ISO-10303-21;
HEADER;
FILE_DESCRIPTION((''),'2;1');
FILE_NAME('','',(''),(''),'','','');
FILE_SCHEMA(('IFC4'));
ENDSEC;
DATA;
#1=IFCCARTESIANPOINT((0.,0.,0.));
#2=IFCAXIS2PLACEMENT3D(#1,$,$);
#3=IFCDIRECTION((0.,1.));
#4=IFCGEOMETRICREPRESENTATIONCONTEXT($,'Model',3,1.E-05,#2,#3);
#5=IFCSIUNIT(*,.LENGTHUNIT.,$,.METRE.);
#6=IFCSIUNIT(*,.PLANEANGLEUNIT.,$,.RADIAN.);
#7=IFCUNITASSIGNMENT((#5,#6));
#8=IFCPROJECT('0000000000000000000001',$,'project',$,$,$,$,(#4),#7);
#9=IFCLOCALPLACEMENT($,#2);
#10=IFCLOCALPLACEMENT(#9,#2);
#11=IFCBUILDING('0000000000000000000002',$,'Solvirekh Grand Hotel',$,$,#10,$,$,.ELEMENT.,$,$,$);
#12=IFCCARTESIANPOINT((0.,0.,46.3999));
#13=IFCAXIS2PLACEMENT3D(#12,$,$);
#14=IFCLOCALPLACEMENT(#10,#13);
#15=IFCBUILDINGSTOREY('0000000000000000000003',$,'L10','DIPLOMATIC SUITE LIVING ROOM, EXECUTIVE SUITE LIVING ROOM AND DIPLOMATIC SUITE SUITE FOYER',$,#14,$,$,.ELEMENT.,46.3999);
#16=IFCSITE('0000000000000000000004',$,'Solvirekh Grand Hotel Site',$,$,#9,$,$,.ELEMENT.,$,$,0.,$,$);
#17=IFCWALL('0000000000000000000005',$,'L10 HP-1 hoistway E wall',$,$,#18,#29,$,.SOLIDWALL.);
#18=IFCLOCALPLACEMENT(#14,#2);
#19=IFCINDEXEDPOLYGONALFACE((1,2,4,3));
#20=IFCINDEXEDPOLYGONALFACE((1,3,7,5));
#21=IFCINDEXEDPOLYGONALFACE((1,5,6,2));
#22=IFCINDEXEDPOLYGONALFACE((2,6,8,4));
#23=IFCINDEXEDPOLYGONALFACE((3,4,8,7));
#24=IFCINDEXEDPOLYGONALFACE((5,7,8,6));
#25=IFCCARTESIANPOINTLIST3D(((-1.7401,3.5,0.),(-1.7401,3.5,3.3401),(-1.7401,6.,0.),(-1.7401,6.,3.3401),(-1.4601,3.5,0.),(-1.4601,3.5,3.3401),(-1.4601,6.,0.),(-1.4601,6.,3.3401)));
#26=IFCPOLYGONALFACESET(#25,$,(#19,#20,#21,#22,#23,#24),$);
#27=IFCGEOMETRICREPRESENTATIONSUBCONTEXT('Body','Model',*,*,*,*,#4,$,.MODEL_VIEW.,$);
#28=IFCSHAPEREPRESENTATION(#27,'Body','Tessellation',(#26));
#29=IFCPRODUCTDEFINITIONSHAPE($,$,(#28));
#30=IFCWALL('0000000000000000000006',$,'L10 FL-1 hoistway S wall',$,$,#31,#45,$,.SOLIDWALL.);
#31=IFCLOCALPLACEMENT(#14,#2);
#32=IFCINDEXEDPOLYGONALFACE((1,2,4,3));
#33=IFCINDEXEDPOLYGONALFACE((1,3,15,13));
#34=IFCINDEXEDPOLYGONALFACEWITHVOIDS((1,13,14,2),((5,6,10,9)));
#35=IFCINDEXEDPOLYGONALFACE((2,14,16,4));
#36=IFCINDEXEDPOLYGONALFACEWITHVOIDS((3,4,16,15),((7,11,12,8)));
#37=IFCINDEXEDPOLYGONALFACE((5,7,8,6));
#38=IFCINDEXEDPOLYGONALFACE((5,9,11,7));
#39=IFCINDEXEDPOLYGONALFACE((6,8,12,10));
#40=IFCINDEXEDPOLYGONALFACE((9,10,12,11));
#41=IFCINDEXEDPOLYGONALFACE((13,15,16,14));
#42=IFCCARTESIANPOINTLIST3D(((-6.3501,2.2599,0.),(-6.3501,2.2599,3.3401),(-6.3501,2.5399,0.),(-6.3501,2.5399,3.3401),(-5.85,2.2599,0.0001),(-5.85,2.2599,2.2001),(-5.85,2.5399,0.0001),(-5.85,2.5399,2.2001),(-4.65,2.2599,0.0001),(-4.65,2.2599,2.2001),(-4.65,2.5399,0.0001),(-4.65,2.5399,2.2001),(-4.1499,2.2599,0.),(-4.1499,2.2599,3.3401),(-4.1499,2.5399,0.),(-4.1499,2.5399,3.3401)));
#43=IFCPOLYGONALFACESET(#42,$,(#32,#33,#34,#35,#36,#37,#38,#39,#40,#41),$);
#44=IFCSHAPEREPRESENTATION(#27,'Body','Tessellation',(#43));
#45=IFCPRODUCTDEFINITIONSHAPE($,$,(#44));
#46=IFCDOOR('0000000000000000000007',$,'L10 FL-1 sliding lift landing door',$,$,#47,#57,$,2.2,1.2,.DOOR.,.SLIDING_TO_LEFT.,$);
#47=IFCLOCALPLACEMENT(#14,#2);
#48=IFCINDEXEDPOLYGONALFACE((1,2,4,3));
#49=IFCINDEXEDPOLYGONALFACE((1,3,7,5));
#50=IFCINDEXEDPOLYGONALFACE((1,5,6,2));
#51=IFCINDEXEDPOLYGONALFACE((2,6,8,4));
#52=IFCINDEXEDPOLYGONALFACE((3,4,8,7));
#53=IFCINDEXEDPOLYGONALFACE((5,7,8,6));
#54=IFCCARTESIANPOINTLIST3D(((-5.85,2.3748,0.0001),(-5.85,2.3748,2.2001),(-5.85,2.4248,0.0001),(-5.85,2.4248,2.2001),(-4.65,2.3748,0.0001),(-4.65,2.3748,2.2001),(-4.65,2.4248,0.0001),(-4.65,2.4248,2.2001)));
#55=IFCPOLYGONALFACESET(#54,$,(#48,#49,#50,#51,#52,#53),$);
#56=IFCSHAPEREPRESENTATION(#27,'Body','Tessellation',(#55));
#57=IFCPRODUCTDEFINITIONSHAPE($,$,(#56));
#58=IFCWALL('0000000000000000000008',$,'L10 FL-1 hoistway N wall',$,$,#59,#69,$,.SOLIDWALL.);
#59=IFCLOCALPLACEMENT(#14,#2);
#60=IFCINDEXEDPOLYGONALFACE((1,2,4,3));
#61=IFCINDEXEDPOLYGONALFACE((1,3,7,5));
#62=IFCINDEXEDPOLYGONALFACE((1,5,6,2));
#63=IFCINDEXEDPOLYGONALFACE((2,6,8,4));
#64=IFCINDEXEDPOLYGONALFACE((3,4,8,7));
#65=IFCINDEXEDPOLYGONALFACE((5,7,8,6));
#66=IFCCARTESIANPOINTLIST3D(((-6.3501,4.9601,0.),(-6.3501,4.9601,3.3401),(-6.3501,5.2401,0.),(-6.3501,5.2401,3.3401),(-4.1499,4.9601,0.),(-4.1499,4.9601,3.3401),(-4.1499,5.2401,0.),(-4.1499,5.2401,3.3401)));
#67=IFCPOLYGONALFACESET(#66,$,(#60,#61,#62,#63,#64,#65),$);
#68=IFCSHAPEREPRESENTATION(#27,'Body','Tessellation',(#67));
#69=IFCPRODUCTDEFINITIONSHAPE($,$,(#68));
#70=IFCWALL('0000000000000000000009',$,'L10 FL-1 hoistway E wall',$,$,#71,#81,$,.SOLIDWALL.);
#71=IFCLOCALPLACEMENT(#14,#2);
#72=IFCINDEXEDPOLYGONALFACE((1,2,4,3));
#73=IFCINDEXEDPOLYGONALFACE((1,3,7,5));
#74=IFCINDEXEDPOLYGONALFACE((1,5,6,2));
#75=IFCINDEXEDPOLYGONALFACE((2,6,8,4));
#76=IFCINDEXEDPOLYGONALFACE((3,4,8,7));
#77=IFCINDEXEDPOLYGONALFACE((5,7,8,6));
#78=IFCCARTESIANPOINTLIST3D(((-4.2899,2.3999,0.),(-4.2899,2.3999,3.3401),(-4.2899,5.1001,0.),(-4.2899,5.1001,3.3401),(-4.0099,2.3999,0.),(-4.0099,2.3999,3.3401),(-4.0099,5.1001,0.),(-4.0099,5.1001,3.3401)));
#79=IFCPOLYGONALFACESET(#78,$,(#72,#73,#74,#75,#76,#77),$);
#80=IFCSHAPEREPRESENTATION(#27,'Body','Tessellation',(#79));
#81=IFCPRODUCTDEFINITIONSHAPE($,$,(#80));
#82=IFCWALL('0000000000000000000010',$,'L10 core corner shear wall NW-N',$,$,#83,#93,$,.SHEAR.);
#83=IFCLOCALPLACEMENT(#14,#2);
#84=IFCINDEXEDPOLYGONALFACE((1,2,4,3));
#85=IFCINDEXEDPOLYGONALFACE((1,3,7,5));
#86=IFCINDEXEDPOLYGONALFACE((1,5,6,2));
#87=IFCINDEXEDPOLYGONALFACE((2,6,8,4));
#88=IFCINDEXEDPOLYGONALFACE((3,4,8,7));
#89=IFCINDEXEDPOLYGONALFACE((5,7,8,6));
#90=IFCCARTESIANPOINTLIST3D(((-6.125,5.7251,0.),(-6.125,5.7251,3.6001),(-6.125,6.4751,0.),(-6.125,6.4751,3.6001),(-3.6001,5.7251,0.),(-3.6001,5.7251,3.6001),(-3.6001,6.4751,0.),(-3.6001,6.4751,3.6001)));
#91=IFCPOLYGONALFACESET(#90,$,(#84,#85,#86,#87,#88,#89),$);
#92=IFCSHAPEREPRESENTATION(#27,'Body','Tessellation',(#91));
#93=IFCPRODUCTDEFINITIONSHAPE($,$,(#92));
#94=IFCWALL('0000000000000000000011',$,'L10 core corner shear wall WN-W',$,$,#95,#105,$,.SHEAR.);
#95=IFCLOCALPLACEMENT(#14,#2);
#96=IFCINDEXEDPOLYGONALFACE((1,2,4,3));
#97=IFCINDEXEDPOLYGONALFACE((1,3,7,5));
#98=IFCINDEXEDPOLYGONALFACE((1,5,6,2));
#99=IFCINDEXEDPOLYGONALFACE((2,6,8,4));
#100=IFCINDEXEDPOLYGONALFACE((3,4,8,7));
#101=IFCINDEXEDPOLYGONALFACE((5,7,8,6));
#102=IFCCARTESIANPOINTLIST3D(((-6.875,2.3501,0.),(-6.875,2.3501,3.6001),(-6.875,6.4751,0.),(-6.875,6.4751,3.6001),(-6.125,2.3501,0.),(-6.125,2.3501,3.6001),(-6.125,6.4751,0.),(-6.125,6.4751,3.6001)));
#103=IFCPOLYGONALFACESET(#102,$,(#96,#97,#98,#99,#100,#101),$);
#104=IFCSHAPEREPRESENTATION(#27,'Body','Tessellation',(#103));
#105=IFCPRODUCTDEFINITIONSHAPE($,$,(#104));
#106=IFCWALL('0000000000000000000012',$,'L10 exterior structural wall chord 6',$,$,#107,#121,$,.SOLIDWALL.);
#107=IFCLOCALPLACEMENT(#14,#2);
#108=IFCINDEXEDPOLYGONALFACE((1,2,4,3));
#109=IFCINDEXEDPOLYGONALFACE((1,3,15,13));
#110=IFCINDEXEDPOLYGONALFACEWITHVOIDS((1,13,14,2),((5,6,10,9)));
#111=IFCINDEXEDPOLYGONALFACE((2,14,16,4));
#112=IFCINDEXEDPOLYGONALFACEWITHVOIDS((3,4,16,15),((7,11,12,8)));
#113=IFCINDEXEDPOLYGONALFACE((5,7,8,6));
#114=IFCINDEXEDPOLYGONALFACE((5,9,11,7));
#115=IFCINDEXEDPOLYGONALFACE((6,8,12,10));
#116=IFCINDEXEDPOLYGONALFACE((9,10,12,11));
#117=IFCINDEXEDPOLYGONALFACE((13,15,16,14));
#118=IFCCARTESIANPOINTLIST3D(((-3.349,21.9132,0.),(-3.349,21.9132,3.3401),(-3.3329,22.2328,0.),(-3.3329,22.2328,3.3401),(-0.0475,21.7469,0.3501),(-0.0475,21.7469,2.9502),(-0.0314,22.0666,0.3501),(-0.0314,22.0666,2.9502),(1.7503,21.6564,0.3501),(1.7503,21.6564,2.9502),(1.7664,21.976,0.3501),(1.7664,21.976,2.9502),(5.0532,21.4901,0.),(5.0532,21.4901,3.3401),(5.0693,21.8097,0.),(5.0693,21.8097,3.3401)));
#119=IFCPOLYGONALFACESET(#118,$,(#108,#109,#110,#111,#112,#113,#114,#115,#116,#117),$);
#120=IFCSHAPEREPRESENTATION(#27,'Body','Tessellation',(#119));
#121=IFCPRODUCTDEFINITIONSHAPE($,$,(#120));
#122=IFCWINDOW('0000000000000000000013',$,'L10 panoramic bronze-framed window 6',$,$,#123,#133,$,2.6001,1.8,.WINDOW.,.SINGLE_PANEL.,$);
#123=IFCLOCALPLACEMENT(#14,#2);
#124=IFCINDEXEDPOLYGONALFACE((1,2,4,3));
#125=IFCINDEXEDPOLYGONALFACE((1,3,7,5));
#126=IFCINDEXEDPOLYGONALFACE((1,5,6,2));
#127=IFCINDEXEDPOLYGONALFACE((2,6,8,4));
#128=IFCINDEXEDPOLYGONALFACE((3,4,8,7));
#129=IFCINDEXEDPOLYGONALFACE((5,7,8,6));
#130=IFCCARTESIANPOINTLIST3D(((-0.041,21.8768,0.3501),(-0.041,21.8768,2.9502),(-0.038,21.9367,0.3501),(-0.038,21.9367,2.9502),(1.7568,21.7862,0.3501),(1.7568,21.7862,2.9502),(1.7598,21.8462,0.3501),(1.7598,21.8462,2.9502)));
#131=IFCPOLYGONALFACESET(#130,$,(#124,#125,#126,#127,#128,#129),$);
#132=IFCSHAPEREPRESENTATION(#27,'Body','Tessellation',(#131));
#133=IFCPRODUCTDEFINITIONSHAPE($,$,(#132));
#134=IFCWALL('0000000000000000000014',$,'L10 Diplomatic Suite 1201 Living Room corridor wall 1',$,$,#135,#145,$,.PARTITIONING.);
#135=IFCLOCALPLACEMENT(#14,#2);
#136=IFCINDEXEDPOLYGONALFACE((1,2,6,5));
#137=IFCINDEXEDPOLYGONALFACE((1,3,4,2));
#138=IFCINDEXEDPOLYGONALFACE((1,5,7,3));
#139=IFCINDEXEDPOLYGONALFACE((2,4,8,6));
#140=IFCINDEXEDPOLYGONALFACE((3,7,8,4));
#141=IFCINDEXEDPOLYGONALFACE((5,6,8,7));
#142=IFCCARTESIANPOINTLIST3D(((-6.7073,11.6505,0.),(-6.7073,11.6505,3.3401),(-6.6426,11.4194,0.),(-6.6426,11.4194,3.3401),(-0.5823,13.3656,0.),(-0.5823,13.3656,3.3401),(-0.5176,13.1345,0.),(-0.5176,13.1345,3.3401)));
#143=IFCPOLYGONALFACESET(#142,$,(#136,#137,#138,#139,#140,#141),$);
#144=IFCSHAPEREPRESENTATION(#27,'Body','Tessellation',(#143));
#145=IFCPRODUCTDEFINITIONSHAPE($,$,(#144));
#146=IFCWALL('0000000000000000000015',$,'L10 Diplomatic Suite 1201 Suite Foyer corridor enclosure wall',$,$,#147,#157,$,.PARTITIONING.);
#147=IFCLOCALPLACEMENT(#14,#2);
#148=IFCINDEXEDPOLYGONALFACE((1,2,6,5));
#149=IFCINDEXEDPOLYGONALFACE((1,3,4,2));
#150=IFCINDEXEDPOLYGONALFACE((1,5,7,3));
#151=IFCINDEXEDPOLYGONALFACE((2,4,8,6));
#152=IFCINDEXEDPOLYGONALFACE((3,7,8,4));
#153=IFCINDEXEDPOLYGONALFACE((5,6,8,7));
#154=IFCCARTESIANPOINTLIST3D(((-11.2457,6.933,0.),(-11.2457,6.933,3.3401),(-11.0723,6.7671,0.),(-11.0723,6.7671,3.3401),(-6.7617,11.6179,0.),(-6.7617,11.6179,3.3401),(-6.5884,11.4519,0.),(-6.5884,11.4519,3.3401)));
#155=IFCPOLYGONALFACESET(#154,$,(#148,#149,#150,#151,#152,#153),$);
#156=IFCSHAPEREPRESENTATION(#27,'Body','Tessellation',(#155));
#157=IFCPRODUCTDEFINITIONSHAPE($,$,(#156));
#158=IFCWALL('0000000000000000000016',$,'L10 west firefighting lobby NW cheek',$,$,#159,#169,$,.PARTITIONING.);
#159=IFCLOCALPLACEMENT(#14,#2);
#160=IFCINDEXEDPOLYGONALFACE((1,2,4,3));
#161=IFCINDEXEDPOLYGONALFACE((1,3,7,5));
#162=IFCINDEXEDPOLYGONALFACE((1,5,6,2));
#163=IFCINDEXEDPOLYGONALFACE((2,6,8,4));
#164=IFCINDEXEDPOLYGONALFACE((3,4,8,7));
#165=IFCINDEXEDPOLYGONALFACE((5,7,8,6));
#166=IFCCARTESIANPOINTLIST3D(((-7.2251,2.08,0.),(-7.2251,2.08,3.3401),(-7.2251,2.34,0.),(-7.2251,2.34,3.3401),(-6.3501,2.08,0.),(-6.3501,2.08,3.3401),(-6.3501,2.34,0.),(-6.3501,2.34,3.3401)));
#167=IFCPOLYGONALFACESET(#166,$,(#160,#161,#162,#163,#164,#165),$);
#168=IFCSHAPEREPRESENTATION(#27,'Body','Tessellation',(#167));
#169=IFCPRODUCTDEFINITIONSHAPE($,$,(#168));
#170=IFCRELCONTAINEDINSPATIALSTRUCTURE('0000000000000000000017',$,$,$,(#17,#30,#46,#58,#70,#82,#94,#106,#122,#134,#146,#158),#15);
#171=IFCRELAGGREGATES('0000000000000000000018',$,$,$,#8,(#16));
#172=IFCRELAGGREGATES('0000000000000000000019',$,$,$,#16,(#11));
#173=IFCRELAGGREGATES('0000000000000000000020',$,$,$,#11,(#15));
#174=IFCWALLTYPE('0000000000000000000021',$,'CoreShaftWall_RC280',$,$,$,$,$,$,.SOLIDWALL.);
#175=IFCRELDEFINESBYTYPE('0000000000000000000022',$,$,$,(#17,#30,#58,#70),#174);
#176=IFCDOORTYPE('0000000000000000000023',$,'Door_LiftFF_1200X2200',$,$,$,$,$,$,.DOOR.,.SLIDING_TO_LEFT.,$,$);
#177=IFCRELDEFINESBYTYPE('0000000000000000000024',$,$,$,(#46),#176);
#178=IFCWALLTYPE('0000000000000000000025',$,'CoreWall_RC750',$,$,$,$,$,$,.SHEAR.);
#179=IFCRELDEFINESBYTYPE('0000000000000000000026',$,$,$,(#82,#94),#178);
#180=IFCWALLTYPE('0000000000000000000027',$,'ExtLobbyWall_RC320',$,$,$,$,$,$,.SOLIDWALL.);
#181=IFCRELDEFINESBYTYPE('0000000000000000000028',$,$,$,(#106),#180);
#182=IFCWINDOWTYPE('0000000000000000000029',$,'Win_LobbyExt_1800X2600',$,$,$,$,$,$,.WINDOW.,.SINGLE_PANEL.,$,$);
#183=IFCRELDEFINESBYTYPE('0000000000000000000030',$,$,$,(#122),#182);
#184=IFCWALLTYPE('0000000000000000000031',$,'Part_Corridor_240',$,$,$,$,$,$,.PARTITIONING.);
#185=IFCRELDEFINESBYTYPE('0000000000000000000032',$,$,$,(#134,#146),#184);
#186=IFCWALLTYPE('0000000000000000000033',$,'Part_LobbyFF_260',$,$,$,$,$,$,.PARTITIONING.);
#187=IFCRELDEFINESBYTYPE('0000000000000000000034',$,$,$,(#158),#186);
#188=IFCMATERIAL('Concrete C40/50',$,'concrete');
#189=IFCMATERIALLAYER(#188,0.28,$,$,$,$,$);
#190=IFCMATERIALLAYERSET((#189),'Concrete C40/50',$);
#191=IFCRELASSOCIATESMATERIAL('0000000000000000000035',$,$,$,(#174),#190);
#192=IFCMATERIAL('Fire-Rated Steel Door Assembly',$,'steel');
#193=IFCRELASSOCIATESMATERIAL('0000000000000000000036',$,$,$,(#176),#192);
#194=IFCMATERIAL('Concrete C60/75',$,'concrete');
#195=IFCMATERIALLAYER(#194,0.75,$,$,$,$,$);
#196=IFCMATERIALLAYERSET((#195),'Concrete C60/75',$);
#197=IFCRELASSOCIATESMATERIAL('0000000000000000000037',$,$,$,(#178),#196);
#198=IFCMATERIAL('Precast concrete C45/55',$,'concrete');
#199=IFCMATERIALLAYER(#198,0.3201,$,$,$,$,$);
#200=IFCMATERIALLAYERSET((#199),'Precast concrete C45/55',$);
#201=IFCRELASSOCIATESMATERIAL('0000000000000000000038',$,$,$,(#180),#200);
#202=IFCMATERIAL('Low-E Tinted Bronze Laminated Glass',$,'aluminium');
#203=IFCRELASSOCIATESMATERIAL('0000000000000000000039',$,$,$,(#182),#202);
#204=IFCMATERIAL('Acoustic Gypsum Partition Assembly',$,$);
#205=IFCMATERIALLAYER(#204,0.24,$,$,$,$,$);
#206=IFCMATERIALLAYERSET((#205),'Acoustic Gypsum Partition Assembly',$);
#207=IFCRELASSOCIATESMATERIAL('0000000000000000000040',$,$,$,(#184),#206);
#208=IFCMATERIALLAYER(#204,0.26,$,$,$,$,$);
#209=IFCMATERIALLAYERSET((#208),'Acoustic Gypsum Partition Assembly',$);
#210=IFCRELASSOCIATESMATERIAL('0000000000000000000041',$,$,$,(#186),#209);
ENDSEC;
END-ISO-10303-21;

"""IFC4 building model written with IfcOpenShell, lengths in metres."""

from ifc_helpers import new_model, si_unit, direction, frame, frame_2d, origin, place, context, subcontext, project, spatial, rectangle, extrude, material, layer, layer_set, type_object, element, fill, save


model = new_model("IFC4")

# Units and contexts
model_context = context("Model", 3, precision=1e-05, world=origin(), true_north=direction((0.0, 1.0)))
body_context = subcontext(model_context, "Body", "Model", "MODEL_VIEW")
ifc_project = project(units=[si_unit("LENGTHUNIT", "METRE"), si_unit("PLANEANGLEUNIT", "RADIAN")], contexts=[model_context])

# Site, building, storey
site_placement = place(None, origin())
site = spatial("IfcSite", under=ifc_project, at=site_placement, Name="Solvirekh Grand Hotel Site", CompositionType="ELEMENT", RefElevation=0.0)
building_placement = place(site_placement, origin())
building = spatial("IfcBuilding", under=site, at=building_placement, Name="Solvirekh Grand Hotel", CompositionType="ELEMENT")
storey_placement = place(building_placement, frame((0.0, 0.0, 46.3999)))
storey = spatial("IfcBuildingStorey", under=building, at=storey_placement, Name="L10", Description="DIPLOMATIC SUITE LIVING ROOM, EXECUTIVE SUITE LIVING ROOM AND DIPLOMATIC SUITE SUITE FOYER", CompositionType="ELEMENT", Elevation=46.3999)

# Shared definitions
ifc_material_1 = material(Name="Concrete C60/75", Category="concrete")

# Shared definitions
ifc_material_2 = material(Name="Concrete C40/50", Category="concrete")

# Wall
ifc_layer_1 = layer(ifc_material_2, 0.28)
ifc_layer_set_1 = layer_set([ifc_layer_1], Name="Concrete C40/50")
wall_type_1 = type_object("IfcWallType", Name="CoreShaftWall_RC280", PredefinedType="SOLIDWALL", material=ifc_layer_set_1)
for number, where, z_axis, x_axis, name in (
    (1, (-1.6001, 3.5, 0.0), (0.0, 0.0, 1.0), (0.0, 1.0, 0.0), "L10 HP-1 hoistway E wall"),
):
    element("IfcWall", number, at=place(storey_placement, frame(where, z_axis=z_axis, x_axis=x_axis)), inside=storey, type_object=wall_type_1, Name=name, PredefinedType="SOLIDWALL", context=body_context, shape_type="SweptSolid", body=[
        extrude(rectangle(XDim=2.5, YDim=0.28, at=frame_2d((1.25, 0.0))), origin(), (0.0, 0.0, 1.0), 3.3401),
    ])

# Wall, opening, door
wall_1_placement = place(storey_placement, frame((-6.3501, 2.3999, 0.0), z_axis=(0.0, 0.0, 1.0), x_axis=(1.0, 0.0, 0.0)))
wall_1 = element("IfcWall", 2, at=wall_1_placement, inside=storey, type_object=wall_type_1, Name="L10 FL-1 hoistway S wall", PredefinedType="SOLIDWALL", context=body_context, shape_type="SweptSolid", body=[
    extrude(rectangle(XDim=2.2002, YDim=0.28, at=frame_2d((1.1001, 0.0))), origin(), (0.0, 0.0, 1.0), 3.3401),
])
opening_1_placement = place(wall_1_placement, frame((0.5, 0.0, 0.0)))
opening_1 = element("IfcOpeningElement", 3, at=opening_1_placement, cuts=wall_1, PredefinedType="OPENING", context=body_context, shape_type="SweptSolid", body=[
    extrude(rectangle(XDim=1.2, YDim=2.2, at=frame_2d((0.6001, 1.1001))), frame((0.0, 0.1499, 0.0), z_axis=(0.0, -1.0, 0.0), x_axis=(1.0, 0.0, 0.0)), (0.0, 0.0, 1.0), 0.3),
])
ifc_material_3 = material(Name="Fire-Rated Steel Door Assembly", Category="steel")
door_type_1 = type_object("IfcDoorType", Name="Door_LiftFF_1200X2200", OperationType="SLIDING_TO_LEFT", PredefinedType="DOOR", material=ifc_material_3)
door_1_placement = place(opening_1_placement, origin())
door_1 = element("IfcDoor", 4, at=door_1_placement, inside=storey, type_object=door_type_1, Name="L10 FL-1 sliding lift landing door", OperationType="SLIDING_TO_LEFT", OverallHeight=2.2, OverallWidth=1.2, PredefinedType="DOOR", context=body_context, shape_type="SweptSolid", body=[
    extrude(rectangle(XDim=1.2, YDim=2.2, at=frame_2d((0.6001, 1.1001))), frame((0.0, 0.0249, 0.0), z_axis=(0.0, -1.0, 0.0), x_axis=(1.0, 0.0, 0.0)), (0.0, 0.0, 1.0), 0.05),
])
fill(opening_1, door_1)

# Walls
wall_2_placement = place(storey_placement, frame((-4.1499, 5.1001, 0.0), z_axis=(0.0, 0.0, 1.0), x_axis=(-1.0, 0.0, 0.0)))
element("IfcWall", 5, at=wall_2_placement, inside=storey, type_object=wall_type_1, Name="L10 FL-1 hoistway N wall", PredefinedType="SOLIDWALL", context=body_context, shape_type="SweptSolid", body=[
    extrude(rectangle(XDim=2.2002, YDim=0.28, at=frame_2d((1.1001, 0.0))), origin(), (0.0, 0.0, 1.0), 3.3401),
])
wall_3_placement = place(storey_placement, frame((-4.1499, 2.3999, 0.0), z_axis=(0.0, 0.0, 1.0), x_axis=(0.0, 1.0, 0.0)))
element("IfcWall", 6, at=wall_3_placement, inside=storey, type_object=wall_type_1, Name="L10 FL-1 hoistway E wall", PredefinedType="SOLIDWALL", context=body_context, shape_type="SweptSolid", body=[
    extrude(rectangle(XDim=2.7002, YDim=0.28, at=frame_2d((1.3501, 0.0))), origin(), (0.0, 0.0, 1.0), 3.3401),
])
ifc_layer_2 = layer(ifc_material_1, 0.75)
ifc_layer_set_2 = layer_set([ifc_layer_2], Name="Concrete C60/75")
wall_type_2 = type_object("IfcWallType", Name="CoreWall_RC750", PredefinedType="SHEAR", material=ifc_layer_set_2)
wall_4_placement = place(storey_placement, frame((-6.125, 6.1001, 0.0), z_axis=(0.0, 0.0, 1.0), x_axis=(1.0, 0.0, 0.0)))
element("IfcWall", 7, at=wall_4_placement, inside=storey, type_object=wall_type_2, Name="L10 core corner shear wall NW-N", PredefinedType="SHEAR", context=body_context, shape_type="SweptSolid", body=[
    extrude(rectangle(XDim=2.5249, YDim=0.75, at=frame_2d((1.2625, 0.0))), origin(), (0.0, 0.0, 1.0), 3.6001),
])
wall_5_placement = place(storey_placement, frame((-6.5, 2.3501, 0.0), z_axis=(0.0, 0.0, 1.0), x_axis=(0.0, 1.0, 0.0)))
element("IfcWall", 8, at=wall_5_placement, inside=storey, type_object=wall_type_2, Name="L10 core corner shear wall WN-W", PredefinedType="SHEAR", context=body_context, shape_type="SweptSolid", body=[
    extrude(rectangle(XDim=4.125, YDim=0.75, at=frame_2d((2.0625, 0.0))), origin(), (0.0, 0.0, 1.0), 3.6001),
])

# Wall, opening, window
ifc_material_4 = material(Name="Precast concrete C45/55", Category="concrete")
ifc_layer_3 = layer(ifc_material_4, 0.3201)
ifc_layer_set_3 = layer_set([ifc_layer_3], Name="Precast concrete C45/55")
wall_type_3 = type_object("IfcWallType", Name="ExtLobbyWall_RC320", PredefinedType="SOLIDWALL", material=ifc_layer_set_3)
wall_6_placement = place(storey_placement, frame((-3.3411, 22.073, 0.0), z_axis=(0.0, 0.0, 1.0), x_axis=(0.998735, -0.050292, 0.0)))
wall_6 = element("IfcWall", 9, at=wall_6_placement, inside=storey, type_object=wall_type_3, Name="L10 exterior structural wall chord 6", PredefinedType="SOLIDWALL", context=body_context, shape_type="SweptSolid", body=[
    extrude(rectangle(XDim=8.4128, YDim=0.3201, at=frame_2d((4.2065, 0.0))), origin(), (0.0, 0.0, 1.0), 3.3401),
])
opening_2_placement = place(wall_6_placement, frame((3.3059, 0.0, 0.3501)))
opening_2 = element("IfcOpeningElement", 10, at=opening_2_placement, cuts=wall_6, PredefinedType="OPENING", context=body_context, shape_type="SweptSolid", body=[
    extrude(rectangle(XDim=1.8, YDim=2.6001, at=frame_2d((0.8999, 1.3))), frame((0.0, 0.1699, 0.0), z_axis=(0.0, -1.0, 0.0), x_axis=(1.0, 0.0, 0.0)), (0.0, 0.0, 1.0), 0.3401),
])
ifc_material_5 = material(Name="Low-E Tinted Bronze Laminated Glass", Category="aluminium")
window_type = type_object("IfcWindowType", Name="Win_LobbyExt_1800X2600", PartitioningType="SINGLE_PANEL", PredefinedType="WINDOW", material=ifc_material_5)
window_placement = place(opening_2_placement, origin())
window = element("IfcWindow", 11, at=window_placement, inside=storey, type_object=window_type, Name="L10 panoramic bronze-framed window 6", OverallHeight=2.6001, OverallWidth=1.8, PartitioningType="SINGLE_PANEL", PredefinedType="WINDOW", context=body_context, shape_type="SweptSolid", body=[
    extrude(rectangle(XDim=1.8, YDim=2.6001, at=frame_2d((0.8999, 1.3))), frame((0.0, 0.03, 0.0), z_axis=(0.0, -1.0, 0.0), x_axis=(1.0, 0.0, 0.0)), (0.0, 0.0, 1.0), 0.0601),
])
fill(opening_2, window)

# Walls
ifc_material_6 = material(Name="Acoustic Gypsum Partition Assembly")
ifc_layer_4 = layer(ifc_material_6, 0.24)
ifc_layer_set_4 = layer_set([ifc_layer_4], Name="Acoustic Gypsum Partition Assembly")
wall_type_4 = type_object("IfcWallType", Name="Part_Corridor_240", PredefinedType="PARTITIONING", material=ifc_layer_set_4)
wall_7_placement = place(storey_placement, frame((-0.55, 13.25, 0.0), z_axis=(0.0, 0.0, 1.0), x_axis=(-0.96296, -0.269643, 0.0)))
element("IfcWall", 12, at=wall_7_placement, inside=storey, type_object=wall_type_4, Name="L10 Diplomatic Suite 1201 Living Room corridor wall 1", PredefinedType="PARTITIONING", context=body_context, shape_type="SweptSolid", body=[
    extrude(rectangle(XDim=6.3606, YDim=0.24, at=frame_2d((3.1802, 0.0))), origin(), (0.0, 0.0, 1.0), 3.3401),
])
wall_8_placement = place(storey_placement, frame((-6.675, 11.5349, 0.0), z_axis=(0.0, 0.0, 1.0), x_axis=(-0.691445, -0.722429, 0.0)))
element("IfcWall", 13, at=wall_8_placement, inside=storey, type_object=wall_type_4, Name="L10 Diplomatic Suite 1201 Suite Foyer corridor enclosure wall", PredefinedType="PARTITIONING", context=body_context, shape_type="SweptSolid", body=[
    extrude(rectangle(XDim=6.4849, YDim=0.24, at=frame_2d((3.2424, 0.0))), origin(), (0.0, 0.0, 1.0), 3.3401),
])
ifc_layer_5 = layer(ifc_material_6, 0.26)
ifc_layer_set_5 = layer_set([ifc_layer_5], Name="Acoustic Gypsum Partition Assembly")
wall_type_5 = type_object("IfcWallType", Name="Part_LobbyFF_260", PredefinedType="PARTITIONING", material=ifc_layer_set_5)
wall_9_placement = place(storey_placement, frame((-7.2251, 2.21, 0.0), z_axis=(0.0, 0.0, 1.0), x_axis=(1.0, 0.0, 0.0)))
element("IfcWall", 14, at=wall_9_placement, inside=storey, type_object=wall_type_5, Name="L10 west firefighting lobby NW cheek", PredefinedType="PARTITIONING", context=body_context, shape_type="SweptSolid", body=[
    extrude(rectangle(XDim=0.875, YDim=0.26, at=frame_2d((0.4375, 0.0))), origin(), (0.0, 0.0, 1.0), 3.3401),
])

save(model, "model.ifc")
